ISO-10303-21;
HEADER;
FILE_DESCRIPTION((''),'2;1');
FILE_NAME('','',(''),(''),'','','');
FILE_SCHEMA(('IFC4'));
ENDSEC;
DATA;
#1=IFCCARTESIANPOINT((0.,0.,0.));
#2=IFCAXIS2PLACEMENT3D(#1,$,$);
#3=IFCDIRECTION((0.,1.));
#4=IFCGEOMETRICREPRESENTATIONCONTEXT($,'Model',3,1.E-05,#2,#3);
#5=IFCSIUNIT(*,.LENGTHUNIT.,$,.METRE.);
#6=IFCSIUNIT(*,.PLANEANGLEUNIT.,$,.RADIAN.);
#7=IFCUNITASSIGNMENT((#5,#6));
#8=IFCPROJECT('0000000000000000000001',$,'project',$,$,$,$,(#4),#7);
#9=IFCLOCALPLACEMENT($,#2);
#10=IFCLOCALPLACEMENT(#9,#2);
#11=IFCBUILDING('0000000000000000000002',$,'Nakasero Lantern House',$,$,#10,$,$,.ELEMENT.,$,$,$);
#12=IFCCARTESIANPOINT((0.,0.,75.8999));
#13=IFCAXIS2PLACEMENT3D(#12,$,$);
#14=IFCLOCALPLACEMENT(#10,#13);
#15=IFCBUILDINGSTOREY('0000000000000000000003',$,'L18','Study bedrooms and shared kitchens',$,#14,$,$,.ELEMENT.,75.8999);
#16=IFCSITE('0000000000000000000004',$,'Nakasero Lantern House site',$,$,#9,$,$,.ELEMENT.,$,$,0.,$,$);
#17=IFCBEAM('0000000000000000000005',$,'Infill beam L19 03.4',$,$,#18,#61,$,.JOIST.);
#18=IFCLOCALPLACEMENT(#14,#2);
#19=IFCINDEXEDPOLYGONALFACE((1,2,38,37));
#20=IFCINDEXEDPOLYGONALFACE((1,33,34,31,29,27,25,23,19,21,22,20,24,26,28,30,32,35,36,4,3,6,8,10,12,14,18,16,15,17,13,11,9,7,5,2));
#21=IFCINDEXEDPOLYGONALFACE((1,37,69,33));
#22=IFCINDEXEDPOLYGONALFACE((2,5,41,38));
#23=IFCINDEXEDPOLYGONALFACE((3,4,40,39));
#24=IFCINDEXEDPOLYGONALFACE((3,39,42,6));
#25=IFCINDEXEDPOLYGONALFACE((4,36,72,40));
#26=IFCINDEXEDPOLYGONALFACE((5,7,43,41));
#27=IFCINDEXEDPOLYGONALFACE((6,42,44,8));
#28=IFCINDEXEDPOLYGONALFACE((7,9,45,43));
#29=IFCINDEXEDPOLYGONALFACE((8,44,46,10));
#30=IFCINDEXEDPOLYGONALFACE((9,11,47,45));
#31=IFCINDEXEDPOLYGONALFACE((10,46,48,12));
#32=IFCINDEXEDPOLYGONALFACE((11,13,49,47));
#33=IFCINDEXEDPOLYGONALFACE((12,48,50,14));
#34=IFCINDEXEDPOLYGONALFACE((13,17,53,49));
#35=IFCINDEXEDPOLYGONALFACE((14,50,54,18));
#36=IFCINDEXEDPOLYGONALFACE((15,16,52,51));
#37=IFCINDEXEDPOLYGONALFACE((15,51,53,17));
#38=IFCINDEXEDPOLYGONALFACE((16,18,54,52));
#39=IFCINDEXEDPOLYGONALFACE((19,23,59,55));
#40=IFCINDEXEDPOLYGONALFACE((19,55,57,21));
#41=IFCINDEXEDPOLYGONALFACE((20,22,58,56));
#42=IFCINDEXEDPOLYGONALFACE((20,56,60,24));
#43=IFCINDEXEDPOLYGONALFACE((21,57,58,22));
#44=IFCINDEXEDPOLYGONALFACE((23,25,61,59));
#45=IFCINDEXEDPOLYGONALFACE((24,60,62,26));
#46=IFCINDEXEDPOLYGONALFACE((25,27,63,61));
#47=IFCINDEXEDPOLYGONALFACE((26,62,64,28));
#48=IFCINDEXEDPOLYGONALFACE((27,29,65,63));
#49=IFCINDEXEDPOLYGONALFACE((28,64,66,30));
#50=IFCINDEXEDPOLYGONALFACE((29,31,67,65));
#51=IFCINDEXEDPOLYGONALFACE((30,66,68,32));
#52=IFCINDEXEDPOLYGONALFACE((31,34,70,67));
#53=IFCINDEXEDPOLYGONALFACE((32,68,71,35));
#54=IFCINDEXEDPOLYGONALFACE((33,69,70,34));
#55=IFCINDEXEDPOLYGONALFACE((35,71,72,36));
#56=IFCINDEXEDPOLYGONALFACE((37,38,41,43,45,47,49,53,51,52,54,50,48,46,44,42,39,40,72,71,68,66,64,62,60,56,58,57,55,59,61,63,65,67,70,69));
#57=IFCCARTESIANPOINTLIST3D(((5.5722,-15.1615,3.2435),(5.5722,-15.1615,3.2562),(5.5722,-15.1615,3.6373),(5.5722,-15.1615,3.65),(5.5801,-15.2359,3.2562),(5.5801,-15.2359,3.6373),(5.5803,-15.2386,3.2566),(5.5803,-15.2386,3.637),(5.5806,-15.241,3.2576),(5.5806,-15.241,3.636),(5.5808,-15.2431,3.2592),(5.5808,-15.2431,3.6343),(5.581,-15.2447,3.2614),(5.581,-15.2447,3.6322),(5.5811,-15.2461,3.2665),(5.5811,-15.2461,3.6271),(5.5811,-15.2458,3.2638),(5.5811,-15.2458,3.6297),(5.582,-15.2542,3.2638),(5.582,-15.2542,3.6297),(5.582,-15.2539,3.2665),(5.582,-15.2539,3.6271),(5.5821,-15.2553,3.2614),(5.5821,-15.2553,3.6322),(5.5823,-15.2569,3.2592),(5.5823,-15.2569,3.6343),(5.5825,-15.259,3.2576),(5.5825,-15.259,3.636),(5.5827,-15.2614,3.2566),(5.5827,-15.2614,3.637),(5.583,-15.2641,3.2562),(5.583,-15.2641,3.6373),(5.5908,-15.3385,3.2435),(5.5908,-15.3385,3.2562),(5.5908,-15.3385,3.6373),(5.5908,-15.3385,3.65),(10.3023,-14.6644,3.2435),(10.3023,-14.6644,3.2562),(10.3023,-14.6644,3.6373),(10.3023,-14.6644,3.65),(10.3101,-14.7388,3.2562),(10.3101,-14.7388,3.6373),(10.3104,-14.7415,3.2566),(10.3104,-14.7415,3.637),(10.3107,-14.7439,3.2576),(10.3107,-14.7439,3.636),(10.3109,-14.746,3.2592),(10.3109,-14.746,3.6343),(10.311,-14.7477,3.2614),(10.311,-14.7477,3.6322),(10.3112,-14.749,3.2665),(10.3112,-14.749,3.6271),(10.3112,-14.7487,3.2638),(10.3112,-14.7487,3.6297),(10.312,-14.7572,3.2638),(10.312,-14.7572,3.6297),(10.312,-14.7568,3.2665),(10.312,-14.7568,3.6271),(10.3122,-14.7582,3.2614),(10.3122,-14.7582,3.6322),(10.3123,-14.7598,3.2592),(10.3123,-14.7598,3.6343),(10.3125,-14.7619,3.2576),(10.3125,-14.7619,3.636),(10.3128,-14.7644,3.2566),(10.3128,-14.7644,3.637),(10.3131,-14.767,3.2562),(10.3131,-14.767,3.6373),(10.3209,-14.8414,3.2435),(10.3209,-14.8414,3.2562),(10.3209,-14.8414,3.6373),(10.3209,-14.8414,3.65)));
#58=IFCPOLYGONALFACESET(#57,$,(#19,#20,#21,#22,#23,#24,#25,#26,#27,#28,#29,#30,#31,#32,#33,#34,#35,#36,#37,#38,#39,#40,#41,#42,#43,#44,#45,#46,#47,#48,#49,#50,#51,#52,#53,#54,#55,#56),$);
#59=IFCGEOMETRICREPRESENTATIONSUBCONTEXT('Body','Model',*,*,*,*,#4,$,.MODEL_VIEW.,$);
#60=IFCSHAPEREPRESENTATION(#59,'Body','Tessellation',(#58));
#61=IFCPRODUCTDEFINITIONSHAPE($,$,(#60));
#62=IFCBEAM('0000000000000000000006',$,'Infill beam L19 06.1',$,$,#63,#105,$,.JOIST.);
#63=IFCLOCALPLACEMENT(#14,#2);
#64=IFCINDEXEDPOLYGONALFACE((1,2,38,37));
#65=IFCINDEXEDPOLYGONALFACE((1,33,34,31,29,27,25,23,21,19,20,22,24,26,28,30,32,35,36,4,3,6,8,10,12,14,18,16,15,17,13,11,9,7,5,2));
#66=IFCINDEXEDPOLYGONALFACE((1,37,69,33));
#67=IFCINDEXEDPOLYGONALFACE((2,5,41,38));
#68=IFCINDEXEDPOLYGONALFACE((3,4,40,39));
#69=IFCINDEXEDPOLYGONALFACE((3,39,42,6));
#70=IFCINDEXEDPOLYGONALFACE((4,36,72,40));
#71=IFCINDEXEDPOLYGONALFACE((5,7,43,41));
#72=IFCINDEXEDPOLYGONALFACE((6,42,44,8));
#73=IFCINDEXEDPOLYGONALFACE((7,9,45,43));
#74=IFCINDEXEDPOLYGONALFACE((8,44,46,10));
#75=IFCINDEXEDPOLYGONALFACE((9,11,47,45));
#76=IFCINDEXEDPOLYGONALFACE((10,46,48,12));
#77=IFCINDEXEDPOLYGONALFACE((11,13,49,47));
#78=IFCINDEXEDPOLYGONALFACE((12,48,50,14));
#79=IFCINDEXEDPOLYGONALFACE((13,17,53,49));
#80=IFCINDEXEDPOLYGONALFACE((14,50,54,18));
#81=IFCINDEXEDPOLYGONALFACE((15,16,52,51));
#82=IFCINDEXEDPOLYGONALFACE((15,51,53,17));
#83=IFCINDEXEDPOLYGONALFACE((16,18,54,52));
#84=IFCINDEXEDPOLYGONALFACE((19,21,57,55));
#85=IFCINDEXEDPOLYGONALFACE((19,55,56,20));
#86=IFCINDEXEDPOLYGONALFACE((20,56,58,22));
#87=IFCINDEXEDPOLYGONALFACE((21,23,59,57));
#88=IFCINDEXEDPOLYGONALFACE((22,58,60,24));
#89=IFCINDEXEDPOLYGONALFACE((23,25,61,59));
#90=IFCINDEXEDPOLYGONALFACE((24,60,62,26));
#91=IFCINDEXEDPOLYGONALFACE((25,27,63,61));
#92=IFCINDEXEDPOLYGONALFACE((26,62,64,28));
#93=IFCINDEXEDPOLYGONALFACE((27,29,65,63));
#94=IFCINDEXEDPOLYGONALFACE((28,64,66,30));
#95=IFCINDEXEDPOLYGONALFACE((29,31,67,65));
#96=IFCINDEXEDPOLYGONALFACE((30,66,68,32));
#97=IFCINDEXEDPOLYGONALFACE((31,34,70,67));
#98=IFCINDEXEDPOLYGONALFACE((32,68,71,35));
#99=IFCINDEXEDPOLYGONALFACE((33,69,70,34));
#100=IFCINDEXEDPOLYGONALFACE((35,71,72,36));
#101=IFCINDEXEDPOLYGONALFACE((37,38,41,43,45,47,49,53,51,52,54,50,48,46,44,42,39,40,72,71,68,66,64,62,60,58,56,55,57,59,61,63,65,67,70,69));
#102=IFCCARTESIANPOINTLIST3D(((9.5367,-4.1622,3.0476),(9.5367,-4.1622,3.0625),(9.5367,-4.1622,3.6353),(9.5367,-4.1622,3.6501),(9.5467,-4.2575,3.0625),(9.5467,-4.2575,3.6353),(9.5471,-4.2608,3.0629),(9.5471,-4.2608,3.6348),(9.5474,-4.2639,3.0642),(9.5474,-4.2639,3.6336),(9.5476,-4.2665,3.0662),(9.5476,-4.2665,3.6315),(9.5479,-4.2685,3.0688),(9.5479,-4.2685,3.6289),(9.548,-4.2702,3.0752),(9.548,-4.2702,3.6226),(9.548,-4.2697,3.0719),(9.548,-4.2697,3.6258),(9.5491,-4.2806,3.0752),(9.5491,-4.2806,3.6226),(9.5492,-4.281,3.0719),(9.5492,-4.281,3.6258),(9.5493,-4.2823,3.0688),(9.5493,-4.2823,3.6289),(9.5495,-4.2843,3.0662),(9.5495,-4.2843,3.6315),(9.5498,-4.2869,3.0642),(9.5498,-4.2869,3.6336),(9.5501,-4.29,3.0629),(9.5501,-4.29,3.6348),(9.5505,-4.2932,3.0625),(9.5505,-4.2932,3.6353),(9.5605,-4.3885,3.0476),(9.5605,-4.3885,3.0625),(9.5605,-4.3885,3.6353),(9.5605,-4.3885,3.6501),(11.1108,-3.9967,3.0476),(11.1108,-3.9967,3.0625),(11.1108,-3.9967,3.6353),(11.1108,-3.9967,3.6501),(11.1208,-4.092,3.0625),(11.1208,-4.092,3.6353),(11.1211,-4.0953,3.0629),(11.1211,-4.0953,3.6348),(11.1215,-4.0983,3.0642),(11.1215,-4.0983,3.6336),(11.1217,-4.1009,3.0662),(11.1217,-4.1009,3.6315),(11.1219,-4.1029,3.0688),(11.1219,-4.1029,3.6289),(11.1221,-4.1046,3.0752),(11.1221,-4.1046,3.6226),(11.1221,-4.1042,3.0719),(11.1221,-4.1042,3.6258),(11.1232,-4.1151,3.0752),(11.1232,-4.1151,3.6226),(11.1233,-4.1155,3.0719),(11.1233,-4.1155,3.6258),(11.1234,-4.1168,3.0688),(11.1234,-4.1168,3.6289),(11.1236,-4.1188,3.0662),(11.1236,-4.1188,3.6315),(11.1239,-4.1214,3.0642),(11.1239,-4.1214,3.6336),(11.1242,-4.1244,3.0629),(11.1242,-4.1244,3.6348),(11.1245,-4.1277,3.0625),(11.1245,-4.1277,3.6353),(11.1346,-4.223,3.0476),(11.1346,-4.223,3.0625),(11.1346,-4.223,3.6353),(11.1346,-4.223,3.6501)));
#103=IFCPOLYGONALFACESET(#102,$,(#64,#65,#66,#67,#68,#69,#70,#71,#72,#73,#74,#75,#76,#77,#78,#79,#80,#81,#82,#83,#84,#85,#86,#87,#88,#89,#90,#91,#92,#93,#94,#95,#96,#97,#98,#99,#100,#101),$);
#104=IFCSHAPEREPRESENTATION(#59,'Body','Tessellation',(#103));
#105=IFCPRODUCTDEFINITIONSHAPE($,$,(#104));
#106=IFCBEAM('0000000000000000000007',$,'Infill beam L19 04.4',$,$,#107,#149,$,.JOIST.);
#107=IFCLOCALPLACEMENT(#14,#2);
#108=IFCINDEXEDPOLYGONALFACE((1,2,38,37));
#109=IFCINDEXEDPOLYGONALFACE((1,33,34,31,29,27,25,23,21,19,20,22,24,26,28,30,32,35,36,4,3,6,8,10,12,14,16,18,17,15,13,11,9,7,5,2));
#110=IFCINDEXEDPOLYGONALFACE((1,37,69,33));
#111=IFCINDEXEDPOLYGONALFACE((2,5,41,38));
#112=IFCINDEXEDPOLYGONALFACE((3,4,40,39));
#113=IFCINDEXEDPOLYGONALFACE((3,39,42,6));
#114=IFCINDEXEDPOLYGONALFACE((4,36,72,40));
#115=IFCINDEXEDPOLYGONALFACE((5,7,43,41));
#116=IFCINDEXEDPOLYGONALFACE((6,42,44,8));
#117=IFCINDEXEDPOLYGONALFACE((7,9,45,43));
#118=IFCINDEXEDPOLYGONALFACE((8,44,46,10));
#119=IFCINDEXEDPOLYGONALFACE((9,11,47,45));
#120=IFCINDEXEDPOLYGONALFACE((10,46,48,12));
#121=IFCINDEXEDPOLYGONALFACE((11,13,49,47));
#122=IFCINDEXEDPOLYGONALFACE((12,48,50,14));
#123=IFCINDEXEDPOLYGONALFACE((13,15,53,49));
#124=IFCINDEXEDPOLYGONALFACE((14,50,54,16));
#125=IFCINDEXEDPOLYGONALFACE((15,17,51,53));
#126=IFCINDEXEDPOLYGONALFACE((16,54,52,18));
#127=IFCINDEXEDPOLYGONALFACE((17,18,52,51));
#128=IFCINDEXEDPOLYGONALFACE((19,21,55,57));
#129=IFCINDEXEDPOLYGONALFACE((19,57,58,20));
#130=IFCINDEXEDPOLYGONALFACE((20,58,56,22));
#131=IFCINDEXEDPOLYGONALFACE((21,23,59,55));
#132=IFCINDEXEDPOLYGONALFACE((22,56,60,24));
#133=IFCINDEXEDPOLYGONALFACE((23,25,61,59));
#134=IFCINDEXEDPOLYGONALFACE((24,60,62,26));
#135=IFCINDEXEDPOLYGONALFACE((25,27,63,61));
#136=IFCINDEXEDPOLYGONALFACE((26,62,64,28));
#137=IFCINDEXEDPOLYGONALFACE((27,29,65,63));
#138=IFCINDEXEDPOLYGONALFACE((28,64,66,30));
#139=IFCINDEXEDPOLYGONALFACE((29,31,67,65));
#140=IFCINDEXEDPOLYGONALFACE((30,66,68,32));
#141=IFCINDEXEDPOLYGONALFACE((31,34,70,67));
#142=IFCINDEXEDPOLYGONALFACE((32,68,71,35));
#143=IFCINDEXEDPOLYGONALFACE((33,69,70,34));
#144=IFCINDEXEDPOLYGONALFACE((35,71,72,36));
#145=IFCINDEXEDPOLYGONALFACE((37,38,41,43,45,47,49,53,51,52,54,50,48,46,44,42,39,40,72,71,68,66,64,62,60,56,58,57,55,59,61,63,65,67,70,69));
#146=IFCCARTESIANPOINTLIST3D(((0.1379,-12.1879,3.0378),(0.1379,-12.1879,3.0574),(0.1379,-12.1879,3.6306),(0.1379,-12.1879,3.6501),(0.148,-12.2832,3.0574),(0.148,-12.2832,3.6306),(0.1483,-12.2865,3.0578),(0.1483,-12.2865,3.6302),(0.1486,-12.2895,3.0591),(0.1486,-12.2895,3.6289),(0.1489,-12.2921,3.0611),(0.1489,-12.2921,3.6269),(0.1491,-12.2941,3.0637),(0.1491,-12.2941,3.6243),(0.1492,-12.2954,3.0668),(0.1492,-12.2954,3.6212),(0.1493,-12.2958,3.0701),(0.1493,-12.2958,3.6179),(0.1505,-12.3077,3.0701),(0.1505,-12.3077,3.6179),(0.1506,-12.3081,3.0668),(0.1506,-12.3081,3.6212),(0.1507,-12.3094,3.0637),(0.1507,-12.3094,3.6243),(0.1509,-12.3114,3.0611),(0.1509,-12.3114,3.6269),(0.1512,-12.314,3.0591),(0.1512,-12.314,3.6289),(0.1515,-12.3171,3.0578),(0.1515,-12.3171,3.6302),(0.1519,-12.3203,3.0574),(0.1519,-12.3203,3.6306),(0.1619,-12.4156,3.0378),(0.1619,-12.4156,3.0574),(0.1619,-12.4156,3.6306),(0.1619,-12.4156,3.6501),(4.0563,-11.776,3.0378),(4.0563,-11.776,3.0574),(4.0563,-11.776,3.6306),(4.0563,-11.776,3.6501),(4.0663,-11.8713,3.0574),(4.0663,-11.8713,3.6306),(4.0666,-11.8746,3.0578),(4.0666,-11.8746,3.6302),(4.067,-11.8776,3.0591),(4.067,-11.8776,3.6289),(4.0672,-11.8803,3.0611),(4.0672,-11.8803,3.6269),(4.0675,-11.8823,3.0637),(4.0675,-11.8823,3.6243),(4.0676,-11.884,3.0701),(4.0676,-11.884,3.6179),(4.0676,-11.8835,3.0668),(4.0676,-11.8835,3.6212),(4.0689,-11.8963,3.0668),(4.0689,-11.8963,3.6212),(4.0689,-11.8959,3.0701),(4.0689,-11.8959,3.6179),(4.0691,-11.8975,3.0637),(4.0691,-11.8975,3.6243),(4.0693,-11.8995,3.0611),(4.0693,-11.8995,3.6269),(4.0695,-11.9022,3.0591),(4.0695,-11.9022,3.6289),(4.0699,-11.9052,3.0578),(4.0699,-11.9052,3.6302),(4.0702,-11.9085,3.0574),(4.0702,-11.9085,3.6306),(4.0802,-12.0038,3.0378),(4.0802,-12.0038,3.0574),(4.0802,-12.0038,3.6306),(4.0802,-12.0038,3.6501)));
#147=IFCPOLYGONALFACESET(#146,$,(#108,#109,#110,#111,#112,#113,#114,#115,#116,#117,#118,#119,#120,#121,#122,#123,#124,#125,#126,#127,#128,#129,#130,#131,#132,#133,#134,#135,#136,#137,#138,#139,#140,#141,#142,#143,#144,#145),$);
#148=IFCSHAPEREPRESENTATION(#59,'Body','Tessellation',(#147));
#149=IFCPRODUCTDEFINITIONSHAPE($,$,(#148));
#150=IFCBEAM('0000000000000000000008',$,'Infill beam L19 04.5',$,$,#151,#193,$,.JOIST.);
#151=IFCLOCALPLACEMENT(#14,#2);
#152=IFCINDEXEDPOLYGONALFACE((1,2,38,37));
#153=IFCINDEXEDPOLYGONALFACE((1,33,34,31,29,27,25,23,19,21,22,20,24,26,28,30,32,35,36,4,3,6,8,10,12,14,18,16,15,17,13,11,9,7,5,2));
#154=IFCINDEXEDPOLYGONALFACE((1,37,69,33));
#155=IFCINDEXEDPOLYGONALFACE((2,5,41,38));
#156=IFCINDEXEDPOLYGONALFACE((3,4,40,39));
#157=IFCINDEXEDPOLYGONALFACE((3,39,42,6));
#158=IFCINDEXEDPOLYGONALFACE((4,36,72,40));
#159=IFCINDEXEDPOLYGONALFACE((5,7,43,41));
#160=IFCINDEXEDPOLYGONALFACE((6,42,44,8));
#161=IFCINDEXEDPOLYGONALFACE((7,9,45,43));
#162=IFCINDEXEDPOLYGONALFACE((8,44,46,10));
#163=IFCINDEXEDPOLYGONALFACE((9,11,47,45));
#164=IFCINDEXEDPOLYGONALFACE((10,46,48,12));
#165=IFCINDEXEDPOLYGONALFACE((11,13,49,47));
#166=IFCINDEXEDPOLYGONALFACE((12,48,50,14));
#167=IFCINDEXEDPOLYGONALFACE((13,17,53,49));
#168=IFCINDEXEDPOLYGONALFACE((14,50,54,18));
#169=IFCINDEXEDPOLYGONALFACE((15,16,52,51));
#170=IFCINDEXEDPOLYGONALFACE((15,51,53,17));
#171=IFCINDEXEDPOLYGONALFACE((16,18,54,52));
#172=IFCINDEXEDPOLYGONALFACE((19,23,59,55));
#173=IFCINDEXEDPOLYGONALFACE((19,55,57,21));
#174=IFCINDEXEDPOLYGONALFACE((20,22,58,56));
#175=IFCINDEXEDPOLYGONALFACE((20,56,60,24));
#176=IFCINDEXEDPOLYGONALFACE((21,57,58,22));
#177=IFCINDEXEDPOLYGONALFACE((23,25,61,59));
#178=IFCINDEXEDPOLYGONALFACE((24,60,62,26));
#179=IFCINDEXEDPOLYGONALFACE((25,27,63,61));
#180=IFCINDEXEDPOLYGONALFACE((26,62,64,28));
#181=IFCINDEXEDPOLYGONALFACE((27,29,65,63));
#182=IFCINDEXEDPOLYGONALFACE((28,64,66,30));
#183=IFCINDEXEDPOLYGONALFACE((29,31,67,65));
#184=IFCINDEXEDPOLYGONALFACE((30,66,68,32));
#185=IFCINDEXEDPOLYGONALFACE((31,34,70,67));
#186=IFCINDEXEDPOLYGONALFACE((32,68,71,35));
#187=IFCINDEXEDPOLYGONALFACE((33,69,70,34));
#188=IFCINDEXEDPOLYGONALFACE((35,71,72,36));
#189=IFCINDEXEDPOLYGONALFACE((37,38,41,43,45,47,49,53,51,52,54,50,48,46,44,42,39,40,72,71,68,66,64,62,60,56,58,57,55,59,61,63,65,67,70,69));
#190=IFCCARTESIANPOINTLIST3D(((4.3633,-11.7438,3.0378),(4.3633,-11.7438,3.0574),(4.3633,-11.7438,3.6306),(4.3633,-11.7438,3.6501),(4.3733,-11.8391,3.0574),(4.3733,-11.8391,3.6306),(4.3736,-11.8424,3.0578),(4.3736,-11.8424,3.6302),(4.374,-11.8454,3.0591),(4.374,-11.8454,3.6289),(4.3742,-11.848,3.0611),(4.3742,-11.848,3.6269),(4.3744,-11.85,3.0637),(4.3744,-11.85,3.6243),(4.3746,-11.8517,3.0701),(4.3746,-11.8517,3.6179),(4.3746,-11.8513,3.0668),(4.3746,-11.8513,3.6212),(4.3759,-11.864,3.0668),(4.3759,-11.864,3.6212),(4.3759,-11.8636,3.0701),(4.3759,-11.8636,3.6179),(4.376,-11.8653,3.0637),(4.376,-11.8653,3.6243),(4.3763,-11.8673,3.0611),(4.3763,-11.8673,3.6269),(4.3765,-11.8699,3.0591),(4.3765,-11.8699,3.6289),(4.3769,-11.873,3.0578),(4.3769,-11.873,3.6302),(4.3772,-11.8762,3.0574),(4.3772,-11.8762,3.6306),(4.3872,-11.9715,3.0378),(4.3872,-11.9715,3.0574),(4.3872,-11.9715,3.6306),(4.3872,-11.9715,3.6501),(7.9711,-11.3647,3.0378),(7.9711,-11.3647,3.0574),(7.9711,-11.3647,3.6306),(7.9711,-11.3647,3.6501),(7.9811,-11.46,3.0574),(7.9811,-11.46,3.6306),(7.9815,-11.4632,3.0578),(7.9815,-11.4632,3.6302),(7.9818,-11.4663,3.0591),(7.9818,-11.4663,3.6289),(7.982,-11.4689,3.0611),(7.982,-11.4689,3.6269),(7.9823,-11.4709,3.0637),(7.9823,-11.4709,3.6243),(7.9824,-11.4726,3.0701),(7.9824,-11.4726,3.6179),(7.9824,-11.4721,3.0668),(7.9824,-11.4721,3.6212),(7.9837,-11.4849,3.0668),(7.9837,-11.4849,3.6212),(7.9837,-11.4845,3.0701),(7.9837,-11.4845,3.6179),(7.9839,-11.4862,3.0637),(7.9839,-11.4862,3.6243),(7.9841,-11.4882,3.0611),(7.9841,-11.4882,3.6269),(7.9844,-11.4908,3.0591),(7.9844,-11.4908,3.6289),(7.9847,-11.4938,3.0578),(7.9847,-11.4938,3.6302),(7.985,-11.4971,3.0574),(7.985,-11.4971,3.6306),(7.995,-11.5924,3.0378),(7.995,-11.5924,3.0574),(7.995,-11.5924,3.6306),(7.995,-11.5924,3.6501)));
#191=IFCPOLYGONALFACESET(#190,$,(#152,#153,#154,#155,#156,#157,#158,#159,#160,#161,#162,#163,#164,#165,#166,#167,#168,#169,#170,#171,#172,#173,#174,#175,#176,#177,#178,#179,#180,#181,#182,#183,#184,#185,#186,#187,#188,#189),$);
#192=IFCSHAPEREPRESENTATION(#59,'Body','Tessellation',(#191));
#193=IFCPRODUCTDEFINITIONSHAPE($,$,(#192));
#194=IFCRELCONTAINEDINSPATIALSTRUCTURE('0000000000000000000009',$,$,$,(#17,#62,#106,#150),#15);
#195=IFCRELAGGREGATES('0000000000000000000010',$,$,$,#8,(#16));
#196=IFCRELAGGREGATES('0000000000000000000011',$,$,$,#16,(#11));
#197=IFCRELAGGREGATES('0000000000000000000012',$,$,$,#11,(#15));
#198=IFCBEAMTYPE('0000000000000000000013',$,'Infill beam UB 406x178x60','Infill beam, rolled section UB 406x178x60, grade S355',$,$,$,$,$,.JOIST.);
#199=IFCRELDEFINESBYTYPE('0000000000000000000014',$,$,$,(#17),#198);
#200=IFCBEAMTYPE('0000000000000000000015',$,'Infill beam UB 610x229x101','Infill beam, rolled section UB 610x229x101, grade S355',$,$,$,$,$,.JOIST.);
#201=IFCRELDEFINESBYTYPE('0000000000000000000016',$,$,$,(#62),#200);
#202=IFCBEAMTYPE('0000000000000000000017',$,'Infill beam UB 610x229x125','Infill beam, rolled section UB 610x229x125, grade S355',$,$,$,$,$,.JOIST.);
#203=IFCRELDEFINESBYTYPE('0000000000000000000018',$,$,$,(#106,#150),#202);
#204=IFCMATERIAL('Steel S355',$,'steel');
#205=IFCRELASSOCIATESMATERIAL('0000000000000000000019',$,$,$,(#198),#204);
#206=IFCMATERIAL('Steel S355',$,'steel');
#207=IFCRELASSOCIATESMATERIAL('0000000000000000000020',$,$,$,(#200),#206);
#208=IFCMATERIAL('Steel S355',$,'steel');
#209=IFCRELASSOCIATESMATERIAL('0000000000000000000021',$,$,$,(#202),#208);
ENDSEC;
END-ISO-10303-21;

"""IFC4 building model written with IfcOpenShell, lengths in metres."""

from ifc_helpers import new_model, si_unit, direction, frame, origin, origin_2d, place, context, subcontext, project, spatial, i_section, extrude, material, material_profile, profile_set, type_object, element, save


model = new_model("IFC4")

# Units and contexts
model_context = context("Model", 3, precision=1e-05, world=origin(), true_north=direction((0.0, 1.0)))
body_context = subcontext(model_context, "Body", "Model", "MODEL_VIEW")
ifc_project = project(units=[si_unit("LENGTHUNIT", "METRE"), si_unit("PLANEANGLEUNIT", "RADIAN")], contexts=[model_context])

# Site, building, storey
site_placement = place(None, origin())
site = spatial("IfcSite", under=ifc_project, at=site_placement, Name="Nakasero Lantern House site", CompositionType="ELEMENT", RefElevation=0.0)
building_placement = place(site_placement, origin())
building = spatial("IfcBuilding", under=site, at=building_placement, Name="Nakasero Lantern House", CompositionType="ELEMENT")
storey_placement = place(building_placement, frame((0.0, 0.0, 75.8999)))
storey = spatial("IfcBuildingStorey", under=building, at=storey_placement, Name="L18", Description="Study bedrooms and shared kitchens", CompositionType="ELEMENT", Elevation=75.8999)

# Beams
ifc_material_1 = material(Name="Steel S355", Category="steel")
ifc_material_profile_1 = material_profile(ifc_material_1, i_section(OverallWidth=0.178, OverallDepth=0.4065, WebThickness=0.0078, FlangeThickness=0.0127, FilletRadius=0.0103, at=origin_2d()), Name="UB 406x178x60")
ifc_profile_set_1 = profile_set([ifc_material_profile_1], Name="Steel S355")
beam_type_1 = type_object("IfcBeamType", Name="Infill beam UB 406x178x60", Description="Infill beam, rolled section UB 406x178x60, grade S355", PredefinedType="JOIST", material=ifc_profile_set_1)
beam_1_placement = place(storey_placement, frame((5.5815, -15.25, 3.4468), z_axis=(0.994523, 0.104514, 0.0), x_axis=(-0.104514, 0.994523, 0.0)))
element("IfcBeam", 1, at=beam_1_placement, inside=storey, type_object=beam_type_1, Name="Infill beam L19 03.4", PredefinedType="JOIST", context=body_context, shape_type="SweptSolid", body=[
    extrude(i_section(OverallWidth=0.178, OverallDepth=0.4065, WebThickness=0.0078, FlangeThickness=0.0127, FilletRadius=0.0103, at=origin_2d()), origin(), (0.0, 0.0, 1.0), 4.7561),
])
ifc_material_2 = material(Name="Steel S355", Category="steel")
ifc_material_profile_2 = material_profile(ifc_material_2, i_section(OverallWidth=0.2275, OverallDepth=0.6025, WebThickness=0.0105, FlangeThickness=0.0149, FilletRadius=0.0127, at=origin_2d()), Name="UB 610x229x101")
ifc_profile_set_2 = profile_set([ifc_material_profile_2], Name="Steel S355")
beam_type_2 = type_object("IfcBeamType", Name="Infill beam UB 610x229x101", Description="Infill beam, rolled section UB 610x229x101, grade S355", PredefinedType="JOIST", material=ifc_profile_set_2)
beam_2_placement = place(storey_placement, frame((9.5486, -4.2754, 3.3489), z_axis=(0.994516, 0.104588, 0.0), x_axis=(-0.104588, 0.994516, 0.0)))
element("IfcBeam", 2, at=beam_2_placement, inside=storey, type_object=beam_type_2, Name="Infill beam L19 06.1", PredefinedType="JOIST", context=body_context, shape_type="SweptSolid", body=[
    extrude(i_section(OverallWidth=0.2275, OverallDepth=0.6025, WebThickness=0.0105, FlangeThickness=0.0149, FilletRadius=0.0127, at=origin_2d()), origin(), (0.0, 0.0, 1.0), 1.5828),
])
ifc_material_3 = material(Name="Steel S355", Category="steel")
ifc_material_profile_3 = material_profile(ifc_material_3, i_section(OverallWidth=0.229, OverallDepth=0.6123, WebThickness=0.012, FlangeThickness=0.0195, FilletRadius=0.0127, at=origin_2d()), Name="UB 610x229x125")
ifc_profile_set_3 = profile_set([ifc_material_profile_3], Name="Steel S355")
beam_type_3 = type_object("IfcBeamType", Name="Infill beam UB 610x229x125", Description="Infill beam, rolled section UB 610x229x125, grade S355", PredefinedType="JOIST", material=ifc_profile_set_3)
beam_3_placement = place(storey_placement, frame((0.1499, -12.3018, 3.344), z_axis=(0.994521, 0.104533, 0.0), x_axis=(-0.104533, 0.994521, 0.0)))
element("IfcBeam", 3, at=beam_3_placement, inside=storey, type_object=beam_type_3, Name="Infill beam L19 04.4", PredefinedType="JOIST", context=body_context, shape_type="SweptSolid", body=[
    extrude(i_section(OverallWidth=0.229, OverallDepth=0.6123, WebThickness=0.012, FlangeThickness=0.0195, FilletRadius=0.0127, at=origin_2d()), origin(), (0.0, 0.0, 1.0), 3.9399),
])
beam_4_placement = place(storey_placement, frame((4.3752, -11.8577, 3.344), z_axis=(0.994524, 0.104513, 0.0), x_axis=(-0.104513, 0.994524, 0.0)))
element("IfcBeam", 4, at=beam_4_placement, inside=storey, type_object=beam_type_3, Name="Infill beam L19 04.5", PredefinedType="JOIST", context=body_context, shape_type="SweptSolid", body=[
    extrude(i_section(OverallWidth=0.229, OverallDepth=0.6123, WebThickness=0.012, FlangeThickness=0.0195, FilletRadius=0.0127, at=origin_2d()), origin(), (0.0, 0.0, 1.0), 3.6277),
])

save(model, "model.ifc")
